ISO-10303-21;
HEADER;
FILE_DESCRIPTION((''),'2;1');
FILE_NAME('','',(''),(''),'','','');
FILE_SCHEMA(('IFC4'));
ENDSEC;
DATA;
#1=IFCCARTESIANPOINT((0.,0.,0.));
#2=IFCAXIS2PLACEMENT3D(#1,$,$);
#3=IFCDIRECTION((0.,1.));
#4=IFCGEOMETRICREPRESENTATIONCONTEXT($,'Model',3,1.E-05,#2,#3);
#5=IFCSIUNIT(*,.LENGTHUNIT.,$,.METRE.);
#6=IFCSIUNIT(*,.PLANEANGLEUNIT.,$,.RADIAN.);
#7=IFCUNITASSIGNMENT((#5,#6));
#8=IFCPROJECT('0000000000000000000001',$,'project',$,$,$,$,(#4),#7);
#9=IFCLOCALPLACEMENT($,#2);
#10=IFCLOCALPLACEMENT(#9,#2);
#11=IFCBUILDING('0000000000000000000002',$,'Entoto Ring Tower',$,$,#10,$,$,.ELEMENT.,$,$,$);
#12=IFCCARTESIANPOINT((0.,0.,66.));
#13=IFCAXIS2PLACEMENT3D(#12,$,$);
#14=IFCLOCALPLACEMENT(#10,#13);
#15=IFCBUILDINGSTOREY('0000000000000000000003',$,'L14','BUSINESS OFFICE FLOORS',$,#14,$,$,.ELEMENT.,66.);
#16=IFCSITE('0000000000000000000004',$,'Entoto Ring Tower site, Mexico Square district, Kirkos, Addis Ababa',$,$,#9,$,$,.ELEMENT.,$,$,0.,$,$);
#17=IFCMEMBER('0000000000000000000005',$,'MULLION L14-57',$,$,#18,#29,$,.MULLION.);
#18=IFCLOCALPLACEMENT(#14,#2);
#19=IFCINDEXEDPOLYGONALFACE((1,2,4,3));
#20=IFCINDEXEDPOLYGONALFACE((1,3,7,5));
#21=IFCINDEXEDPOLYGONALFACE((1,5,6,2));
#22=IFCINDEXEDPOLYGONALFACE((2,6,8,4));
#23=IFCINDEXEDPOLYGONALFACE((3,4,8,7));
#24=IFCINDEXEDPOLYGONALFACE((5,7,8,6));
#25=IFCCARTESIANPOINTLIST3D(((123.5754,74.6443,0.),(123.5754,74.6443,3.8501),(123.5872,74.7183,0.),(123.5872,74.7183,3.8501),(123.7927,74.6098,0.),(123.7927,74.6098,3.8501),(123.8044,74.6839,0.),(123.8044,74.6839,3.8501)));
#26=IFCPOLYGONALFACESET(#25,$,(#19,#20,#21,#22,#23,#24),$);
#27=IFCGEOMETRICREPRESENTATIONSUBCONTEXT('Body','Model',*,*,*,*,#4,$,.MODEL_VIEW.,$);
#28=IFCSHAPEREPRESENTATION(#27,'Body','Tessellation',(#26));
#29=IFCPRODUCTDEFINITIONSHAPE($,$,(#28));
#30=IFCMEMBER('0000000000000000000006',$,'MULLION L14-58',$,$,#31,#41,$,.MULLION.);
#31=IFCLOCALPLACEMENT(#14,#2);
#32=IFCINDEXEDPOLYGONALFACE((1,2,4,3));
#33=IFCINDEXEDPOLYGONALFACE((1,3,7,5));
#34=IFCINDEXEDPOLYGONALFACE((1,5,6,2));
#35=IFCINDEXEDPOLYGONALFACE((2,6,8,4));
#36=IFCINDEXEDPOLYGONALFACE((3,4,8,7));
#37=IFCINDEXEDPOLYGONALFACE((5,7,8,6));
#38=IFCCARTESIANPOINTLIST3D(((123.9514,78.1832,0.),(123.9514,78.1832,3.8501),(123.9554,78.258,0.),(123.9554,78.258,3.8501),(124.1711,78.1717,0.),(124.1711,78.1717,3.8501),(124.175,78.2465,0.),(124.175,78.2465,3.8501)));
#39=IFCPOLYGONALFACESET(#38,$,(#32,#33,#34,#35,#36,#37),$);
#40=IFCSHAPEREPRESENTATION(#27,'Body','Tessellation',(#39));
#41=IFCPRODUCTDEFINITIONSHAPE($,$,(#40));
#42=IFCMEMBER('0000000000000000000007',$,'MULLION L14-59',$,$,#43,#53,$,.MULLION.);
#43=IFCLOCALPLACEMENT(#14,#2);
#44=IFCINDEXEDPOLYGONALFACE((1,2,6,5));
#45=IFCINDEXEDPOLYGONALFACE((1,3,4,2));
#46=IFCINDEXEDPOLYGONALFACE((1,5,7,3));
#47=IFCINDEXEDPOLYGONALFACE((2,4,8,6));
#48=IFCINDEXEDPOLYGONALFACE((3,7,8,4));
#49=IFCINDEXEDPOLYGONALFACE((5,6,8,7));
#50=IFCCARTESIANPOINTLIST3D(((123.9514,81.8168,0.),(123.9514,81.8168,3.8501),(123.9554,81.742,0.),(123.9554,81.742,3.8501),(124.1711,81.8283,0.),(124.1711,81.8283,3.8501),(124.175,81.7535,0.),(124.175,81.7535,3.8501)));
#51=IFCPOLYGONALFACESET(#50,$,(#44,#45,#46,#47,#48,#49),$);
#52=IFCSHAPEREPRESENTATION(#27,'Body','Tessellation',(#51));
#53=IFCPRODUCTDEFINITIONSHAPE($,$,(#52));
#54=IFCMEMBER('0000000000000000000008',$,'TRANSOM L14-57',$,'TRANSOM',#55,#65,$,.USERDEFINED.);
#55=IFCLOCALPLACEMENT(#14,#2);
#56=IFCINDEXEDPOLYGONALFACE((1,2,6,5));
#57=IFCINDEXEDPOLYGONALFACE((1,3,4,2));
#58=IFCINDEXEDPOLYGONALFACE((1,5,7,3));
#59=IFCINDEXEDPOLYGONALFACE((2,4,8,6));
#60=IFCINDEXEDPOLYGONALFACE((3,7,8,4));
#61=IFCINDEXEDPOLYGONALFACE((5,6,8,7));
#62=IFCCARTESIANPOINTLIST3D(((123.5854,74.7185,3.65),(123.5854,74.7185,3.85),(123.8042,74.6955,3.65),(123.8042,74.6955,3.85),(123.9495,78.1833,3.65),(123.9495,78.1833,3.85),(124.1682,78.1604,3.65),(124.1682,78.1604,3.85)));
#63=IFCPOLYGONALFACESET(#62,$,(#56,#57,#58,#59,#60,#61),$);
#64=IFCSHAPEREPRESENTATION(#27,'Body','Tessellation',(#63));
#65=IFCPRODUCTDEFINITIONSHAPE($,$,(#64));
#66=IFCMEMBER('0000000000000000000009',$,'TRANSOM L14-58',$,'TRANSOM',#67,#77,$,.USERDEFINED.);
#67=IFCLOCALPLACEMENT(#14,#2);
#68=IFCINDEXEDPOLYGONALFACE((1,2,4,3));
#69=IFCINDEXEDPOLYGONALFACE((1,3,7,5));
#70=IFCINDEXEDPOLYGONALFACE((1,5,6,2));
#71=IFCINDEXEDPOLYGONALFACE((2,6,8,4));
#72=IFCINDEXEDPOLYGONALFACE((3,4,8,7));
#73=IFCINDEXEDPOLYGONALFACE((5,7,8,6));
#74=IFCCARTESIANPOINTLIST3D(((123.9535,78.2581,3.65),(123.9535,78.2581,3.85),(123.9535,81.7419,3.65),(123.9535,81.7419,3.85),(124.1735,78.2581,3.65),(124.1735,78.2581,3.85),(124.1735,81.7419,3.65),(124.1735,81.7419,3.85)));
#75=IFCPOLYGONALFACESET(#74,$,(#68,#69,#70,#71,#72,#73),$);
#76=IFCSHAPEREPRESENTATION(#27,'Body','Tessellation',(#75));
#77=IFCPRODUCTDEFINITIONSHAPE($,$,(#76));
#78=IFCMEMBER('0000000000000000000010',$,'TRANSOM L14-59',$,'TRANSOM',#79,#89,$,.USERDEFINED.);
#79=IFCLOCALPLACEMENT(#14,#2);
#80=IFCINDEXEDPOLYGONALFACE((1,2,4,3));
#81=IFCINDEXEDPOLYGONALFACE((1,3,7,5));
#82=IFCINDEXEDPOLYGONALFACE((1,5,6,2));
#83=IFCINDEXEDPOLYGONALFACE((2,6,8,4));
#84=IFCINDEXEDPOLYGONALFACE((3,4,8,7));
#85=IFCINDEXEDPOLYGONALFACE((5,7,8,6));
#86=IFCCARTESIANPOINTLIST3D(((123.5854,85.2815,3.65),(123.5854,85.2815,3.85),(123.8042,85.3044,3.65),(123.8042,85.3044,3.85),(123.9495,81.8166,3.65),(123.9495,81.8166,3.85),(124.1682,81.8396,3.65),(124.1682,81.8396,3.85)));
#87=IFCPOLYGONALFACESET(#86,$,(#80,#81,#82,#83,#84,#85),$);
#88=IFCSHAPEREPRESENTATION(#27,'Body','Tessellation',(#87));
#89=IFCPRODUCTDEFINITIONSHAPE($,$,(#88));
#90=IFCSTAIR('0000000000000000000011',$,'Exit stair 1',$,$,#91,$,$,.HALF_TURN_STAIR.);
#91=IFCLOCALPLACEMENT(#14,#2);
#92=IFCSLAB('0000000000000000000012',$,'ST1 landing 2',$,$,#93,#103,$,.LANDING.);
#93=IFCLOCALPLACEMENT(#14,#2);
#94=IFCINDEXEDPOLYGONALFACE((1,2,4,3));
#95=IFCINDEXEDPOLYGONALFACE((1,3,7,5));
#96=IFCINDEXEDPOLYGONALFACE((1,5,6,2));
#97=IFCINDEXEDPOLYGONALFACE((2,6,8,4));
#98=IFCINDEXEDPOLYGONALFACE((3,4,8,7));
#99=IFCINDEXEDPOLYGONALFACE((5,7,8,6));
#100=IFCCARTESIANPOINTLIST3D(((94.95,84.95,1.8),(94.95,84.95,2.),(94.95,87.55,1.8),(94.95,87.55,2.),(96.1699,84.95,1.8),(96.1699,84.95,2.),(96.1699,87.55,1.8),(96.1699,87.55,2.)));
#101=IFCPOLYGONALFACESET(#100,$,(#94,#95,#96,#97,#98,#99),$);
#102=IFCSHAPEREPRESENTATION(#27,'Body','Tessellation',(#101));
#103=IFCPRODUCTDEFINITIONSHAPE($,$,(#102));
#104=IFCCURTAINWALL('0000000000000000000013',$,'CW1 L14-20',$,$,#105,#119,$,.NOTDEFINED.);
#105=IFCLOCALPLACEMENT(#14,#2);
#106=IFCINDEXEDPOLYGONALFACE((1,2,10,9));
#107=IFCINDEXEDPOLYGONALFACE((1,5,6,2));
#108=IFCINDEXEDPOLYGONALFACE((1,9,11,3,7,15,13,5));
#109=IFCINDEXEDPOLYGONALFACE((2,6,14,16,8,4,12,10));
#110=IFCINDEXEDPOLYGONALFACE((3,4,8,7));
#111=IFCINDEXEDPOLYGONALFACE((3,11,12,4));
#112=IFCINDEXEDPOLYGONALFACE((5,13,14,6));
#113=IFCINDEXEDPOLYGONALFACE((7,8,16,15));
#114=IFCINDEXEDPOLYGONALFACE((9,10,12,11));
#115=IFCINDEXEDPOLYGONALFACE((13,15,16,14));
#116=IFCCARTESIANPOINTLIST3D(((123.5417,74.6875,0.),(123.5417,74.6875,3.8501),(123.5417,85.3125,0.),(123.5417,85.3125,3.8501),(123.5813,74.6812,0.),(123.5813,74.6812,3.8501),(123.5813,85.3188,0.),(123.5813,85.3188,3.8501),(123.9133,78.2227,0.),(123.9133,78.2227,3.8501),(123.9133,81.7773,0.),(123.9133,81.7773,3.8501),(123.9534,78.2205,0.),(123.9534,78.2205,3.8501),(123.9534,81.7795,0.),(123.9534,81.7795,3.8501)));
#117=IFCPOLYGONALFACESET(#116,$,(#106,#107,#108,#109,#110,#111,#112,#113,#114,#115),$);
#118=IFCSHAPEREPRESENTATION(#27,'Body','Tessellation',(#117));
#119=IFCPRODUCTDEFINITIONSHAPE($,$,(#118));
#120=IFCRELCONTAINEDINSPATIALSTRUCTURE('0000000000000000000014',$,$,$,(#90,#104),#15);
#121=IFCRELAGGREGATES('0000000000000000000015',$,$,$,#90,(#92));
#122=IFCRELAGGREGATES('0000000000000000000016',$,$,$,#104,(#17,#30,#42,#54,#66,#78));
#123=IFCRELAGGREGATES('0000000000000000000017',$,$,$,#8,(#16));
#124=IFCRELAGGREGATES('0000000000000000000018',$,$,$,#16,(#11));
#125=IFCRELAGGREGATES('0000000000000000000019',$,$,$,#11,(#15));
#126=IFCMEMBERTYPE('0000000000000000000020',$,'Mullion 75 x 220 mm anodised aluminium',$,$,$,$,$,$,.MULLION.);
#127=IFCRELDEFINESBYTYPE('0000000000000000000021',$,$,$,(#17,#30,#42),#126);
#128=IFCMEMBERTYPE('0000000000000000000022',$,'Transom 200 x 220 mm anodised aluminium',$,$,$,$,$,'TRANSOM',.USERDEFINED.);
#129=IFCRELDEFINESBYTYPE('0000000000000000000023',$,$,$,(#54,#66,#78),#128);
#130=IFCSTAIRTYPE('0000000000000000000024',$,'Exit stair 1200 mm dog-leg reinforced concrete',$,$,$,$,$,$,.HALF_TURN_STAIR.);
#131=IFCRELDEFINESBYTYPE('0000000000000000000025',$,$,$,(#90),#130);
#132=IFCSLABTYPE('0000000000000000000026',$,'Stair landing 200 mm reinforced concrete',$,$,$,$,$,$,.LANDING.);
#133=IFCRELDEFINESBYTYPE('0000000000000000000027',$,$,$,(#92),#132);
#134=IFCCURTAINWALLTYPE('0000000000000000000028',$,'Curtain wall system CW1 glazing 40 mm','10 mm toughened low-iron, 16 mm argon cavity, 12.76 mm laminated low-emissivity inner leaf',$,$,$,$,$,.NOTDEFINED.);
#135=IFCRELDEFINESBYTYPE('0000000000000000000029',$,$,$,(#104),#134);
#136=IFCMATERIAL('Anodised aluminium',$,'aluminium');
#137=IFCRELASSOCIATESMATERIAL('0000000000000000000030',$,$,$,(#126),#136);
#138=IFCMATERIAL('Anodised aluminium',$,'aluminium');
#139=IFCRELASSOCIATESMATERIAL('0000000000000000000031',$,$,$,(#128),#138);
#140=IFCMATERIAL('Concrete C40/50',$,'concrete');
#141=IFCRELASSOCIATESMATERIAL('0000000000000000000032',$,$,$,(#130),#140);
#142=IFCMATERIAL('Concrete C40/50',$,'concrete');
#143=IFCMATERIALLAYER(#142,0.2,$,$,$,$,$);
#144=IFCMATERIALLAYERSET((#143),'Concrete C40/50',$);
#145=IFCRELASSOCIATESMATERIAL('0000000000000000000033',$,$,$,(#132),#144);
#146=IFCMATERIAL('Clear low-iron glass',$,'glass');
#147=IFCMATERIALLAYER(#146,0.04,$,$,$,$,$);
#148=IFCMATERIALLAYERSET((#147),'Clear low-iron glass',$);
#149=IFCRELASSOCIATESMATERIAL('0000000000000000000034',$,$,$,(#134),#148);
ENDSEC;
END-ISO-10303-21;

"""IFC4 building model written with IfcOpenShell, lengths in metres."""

from ifc_helpers import new_model, si_unit, direction, frame, origin, origin_2d, place, context, subcontext, project, spatial, polyline, rectangle, outline, extrude, material, layer, layer_set, material_profile, profile_set, type_object, element, aggregate, save


model = new_model("IFC4")

# Units and contexts
model_context = context("Model", 3, precision=1e-05, world=origin(), true_north=direction((0.0, 1.0)))
body_context = subcontext(model_context, "Body", "Model", "MODEL_VIEW")
ifc_project = project(units=[si_unit("LENGTHUNIT", "METRE"), si_unit("PLANEANGLEUNIT", "RADIAN")], contexts=[model_context])

# Members
ifc_material_1 = material(Name="Anodised aluminium", Category="aluminium")
ifc_material_profile_1 = material_profile(ifc_material_1, rectangle(XDim=0.075, YDim=0.22, at=origin_2d()), Name="Mullion 75 x 220 mm anodised aluminium")
ifc_profile_set_1 = profile_set([ifc_material_profile_1], Name="Anodised aluminium")
member_type_1 = type_object("IfcMemberType", Name="Mullion 75 x 220 mm anodised aluminium", PredefinedType="MULLION", material=ifc_profile_set_1)
site_placement = place(None, origin())
building_placement = place(site_placement, origin())
storey_placement = place(building_placement, frame((0.0, 0.0, 66.0)))
member_1_placement = place(storey_placement, frame((123.6899, 74.6641, 0.0), z_axis=(0.0, 0.0, 1.0), x_axis=(0.156434, 0.987688, 0.0)))
member_1 = element("IfcMember", 1, at=member_1_placement, type_object=member_type_1, Name="MULLION L14-57", PredefinedType="MULLION", context=body_context, shape_type="SweptSolid", body=[
    extrude(rectangle(XDim=0.075, YDim=0.22, at=origin_2d()), origin(), (0.0, 0.0, 1.0), 3.8501),
])
member_2_placement = place(storey_placement, frame((124.0632, 78.2148, 0.0), z_axis=(0.0, 0.0, 1.0), x_axis=(0.052336, 0.99863, 0.0)))
member_2 = element("IfcMember", 2, at=member_2_placement, type_object=member_type_1, Name="MULLION L14-58", PredefinedType="MULLION", context=body_context, shape_type="SweptSolid", body=[
    extrude(rectangle(XDim=0.075, YDim=0.22, at=origin_2d()), origin(), (0.0, 0.0, 1.0), 3.8501),
])
member_3_placement = place(storey_placement, frame((124.0632, 81.7852, 0.0), z_axis=(0.0, 0.0, 1.0), x_axis=(-0.052336, 0.99863, 0.0)))
member_3 = element("IfcMember", 3, at=member_3_placement, type_object=member_type_1, Name="MULLION L14-59", PredefinedType="MULLION", context=body_context, shape_type="SweptSolid", body=[
    extrude(rectangle(XDim=0.075, YDim=0.22, at=origin_2d()), origin(), (0.0, 0.0, 1.0), 3.8501),
])
ifc_material_2 = material(Name="Anodised aluminium", Category="aluminium")
ifc_material_profile_2 = material_profile(ifc_material_2, rectangle(XDim=0.22, YDim=0.2, at=origin_2d()), Name="Transom 200 x 220 mm anodised aluminium")
ifc_profile_set_2 = profile_set([ifc_material_profile_2], Name="Anodised aluminium")
member_type_2 = type_object("IfcMemberType", Name="Transom 200 x 220 mm anodised aluminium", ElementType="TRANSOM", PredefinedType="USERDEFINED", material=ifc_profile_set_2)
member_4_placement = place(storey_placement, frame((123.6948, 74.707, 3.75), z_axis=(0.104484, 0.994527, 0.0), x_axis=(-0.994527, 0.104484, 0.0)))
member_4 = element("IfcMember", 4, at=member_4_placement, type_object=member_type_2, Name="TRANSOM L14-57", ObjectType="TRANSOM", PredefinedType="USERDEFINED", context=body_context, shape_type="SweptSolid", body=[
    extrude(rectangle(XDim=0.22, YDim=0.2, at=origin_2d()), origin(), (0.0, 0.0, 1.0), 3.4839),
])
member_5_placement = place(storey_placement, frame((124.0635, 78.2581, 3.75), z_axis=(0.0, 1.0, 0.0), x_axis=(-1.0, 0.0, 0.0)))
member_5 = element("IfcMember", 5, at=member_5_placement, type_object=member_type_2, Name="TRANSOM L14-58", ObjectType="TRANSOM", PredefinedType="USERDEFINED", context=body_context, shape_type="SweptSolid", body=[
    extrude(rectangle(XDim=0.22, YDim=0.2, at=origin_2d()), origin(), (0.0, 0.0, 1.0), 3.4839),
])
member_6_placement = place(storey_placement, frame((124.0588, 81.8281, 3.75), z_axis=(-0.104484, 0.994527, 0.0), x_axis=(-0.994527, -0.104484, 0.0)))
member_6 = element("IfcMember", 6, at=member_6_placement, type_object=member_type_2, Name="TRANSOM L14-59", ObjectType="TRANSOM", PredefinedType="USERDEFINED", context=body_context, shape_type="SweptSolid", body=[
    extrude(rectangle(XDim=0.22, YDim=0.2, at=origin_2d()), origin(), (0.0, 0.0, 1.0), 3.4839),
])

# Site, building, storey
site = spatial("IfcSite", under=ifc_project, at=site_placement, Name="Entoto Ring Tower site, Mexico Square district, Kirkos, Addis Ababa", CompositionType="ELEMENT", RefElevation=0.0)
building = spatial("IfcBuilding", under=site, at=building_placement, Name="Entoto Ring Tower", CompositionType="ELEMENT")
storey = spatial("IfcBuildingStorey", under=building, at=storey_placement, Name="L14", Description="BUSINESS OFFICE FLOORS", CompositionType="ELEMENT", Elevation=66.0)

# Stair, slab
ifc_material_3 = material(Name="Concrete C40/50", Category="concrete")
stair_type = type_object("IfcStairType", Name="Exit stair 1200 mm dog-leg reinforced concrete", PredefinedType="HALF_TURN_STAIR", material=ifc_material_3)
stair_placement = place(storey_placement, origin())
stair = element("IfcStair", 7, at=stair_placement, inside=storey, type_object=stair_type, Name="Exit stair 1", PredefinedType="HALF_TURN_STAIR")
ifc_material_4 = material(Name="Concrete C40/50", Category="concrete")
ifc_layer_1 = layer(ifc_material_4, 0.2)
ifc_layer_set_1 = layer_set([ifc_layer_1], Name="Concrete C40/50")
slab_type = type_object("IfcSlabType", Name="Stair landing 200 mm reinforced concrete", PredefinedType="LANDING", material=ifc_layer_set_1)
slab_placement = place(storey_placement, frame((0.0, 0.0, 1.8)))
slab = element("IfcSlab", 8, at=slab_placement, type_object=slab_type, Name="ST1 landing 2", PredefinedType="LANDING", context=body_context, shape_type="SweptSolid", body=[
    extrude(outline(polyline([(94.95, 84.95), (96.1699, 84.95), (96.1699, 87.55), (94.95, 87.55), (94.95, 84.95)])), origin(), (0.0, 0.0, 1.0), 0.2),
])
aggregate(stair, [slab])

# Curtain wall
ifc_material_5 = material(Name="Clear low-iron glass", Category="glass")
ifc_layer_2 = layer(ifc_material_5, 0.04)
ifc_layer_set_2 = layer_set([ifc_layer_2], Name="Clear low-iron glass")
curtain_wall_type = type_object("IfcCurtainWallType", Name="Curtain wall system CW1 glazing 40 mm", Description="10 mm toughened low-iron, 16 mm argon cavity, 12.76 mm laminated low-emissivity inner leaf", PredefinedType="NOTDEFINED", material=ifc_layer_set_2)
curtain_wall_1_placement = place(storey_placement, origin())
curtain_wall_1 = element("IfcCurtainWall", 9, at=curtain_wall_1_placement, inside=storey, type_object=curtain_wall_type, Name="CW1 L14-20", PredefinedType="NOTDEFINED", context=body_context, shape_type="SweptSolid", body=[
    extrude(outline(polyline([(123.5813, 74.6812), (123.9534, 78.2205), (123.9534, 81.7795), (123.5813, 85.3188), (123.5417, 85.3125), (123.9133, 81.7773), (123.9133, 78.2227), (123.5417, 74.6875), (123.5813, 74.6812)])), origin(), (0.0, 0.0, 1.0), 3.8501),
])
aggregate(curtain_wall_1, [member_1, member_2, member_3, member_4, member_5, member_6])

save(model, "model.ifc")
